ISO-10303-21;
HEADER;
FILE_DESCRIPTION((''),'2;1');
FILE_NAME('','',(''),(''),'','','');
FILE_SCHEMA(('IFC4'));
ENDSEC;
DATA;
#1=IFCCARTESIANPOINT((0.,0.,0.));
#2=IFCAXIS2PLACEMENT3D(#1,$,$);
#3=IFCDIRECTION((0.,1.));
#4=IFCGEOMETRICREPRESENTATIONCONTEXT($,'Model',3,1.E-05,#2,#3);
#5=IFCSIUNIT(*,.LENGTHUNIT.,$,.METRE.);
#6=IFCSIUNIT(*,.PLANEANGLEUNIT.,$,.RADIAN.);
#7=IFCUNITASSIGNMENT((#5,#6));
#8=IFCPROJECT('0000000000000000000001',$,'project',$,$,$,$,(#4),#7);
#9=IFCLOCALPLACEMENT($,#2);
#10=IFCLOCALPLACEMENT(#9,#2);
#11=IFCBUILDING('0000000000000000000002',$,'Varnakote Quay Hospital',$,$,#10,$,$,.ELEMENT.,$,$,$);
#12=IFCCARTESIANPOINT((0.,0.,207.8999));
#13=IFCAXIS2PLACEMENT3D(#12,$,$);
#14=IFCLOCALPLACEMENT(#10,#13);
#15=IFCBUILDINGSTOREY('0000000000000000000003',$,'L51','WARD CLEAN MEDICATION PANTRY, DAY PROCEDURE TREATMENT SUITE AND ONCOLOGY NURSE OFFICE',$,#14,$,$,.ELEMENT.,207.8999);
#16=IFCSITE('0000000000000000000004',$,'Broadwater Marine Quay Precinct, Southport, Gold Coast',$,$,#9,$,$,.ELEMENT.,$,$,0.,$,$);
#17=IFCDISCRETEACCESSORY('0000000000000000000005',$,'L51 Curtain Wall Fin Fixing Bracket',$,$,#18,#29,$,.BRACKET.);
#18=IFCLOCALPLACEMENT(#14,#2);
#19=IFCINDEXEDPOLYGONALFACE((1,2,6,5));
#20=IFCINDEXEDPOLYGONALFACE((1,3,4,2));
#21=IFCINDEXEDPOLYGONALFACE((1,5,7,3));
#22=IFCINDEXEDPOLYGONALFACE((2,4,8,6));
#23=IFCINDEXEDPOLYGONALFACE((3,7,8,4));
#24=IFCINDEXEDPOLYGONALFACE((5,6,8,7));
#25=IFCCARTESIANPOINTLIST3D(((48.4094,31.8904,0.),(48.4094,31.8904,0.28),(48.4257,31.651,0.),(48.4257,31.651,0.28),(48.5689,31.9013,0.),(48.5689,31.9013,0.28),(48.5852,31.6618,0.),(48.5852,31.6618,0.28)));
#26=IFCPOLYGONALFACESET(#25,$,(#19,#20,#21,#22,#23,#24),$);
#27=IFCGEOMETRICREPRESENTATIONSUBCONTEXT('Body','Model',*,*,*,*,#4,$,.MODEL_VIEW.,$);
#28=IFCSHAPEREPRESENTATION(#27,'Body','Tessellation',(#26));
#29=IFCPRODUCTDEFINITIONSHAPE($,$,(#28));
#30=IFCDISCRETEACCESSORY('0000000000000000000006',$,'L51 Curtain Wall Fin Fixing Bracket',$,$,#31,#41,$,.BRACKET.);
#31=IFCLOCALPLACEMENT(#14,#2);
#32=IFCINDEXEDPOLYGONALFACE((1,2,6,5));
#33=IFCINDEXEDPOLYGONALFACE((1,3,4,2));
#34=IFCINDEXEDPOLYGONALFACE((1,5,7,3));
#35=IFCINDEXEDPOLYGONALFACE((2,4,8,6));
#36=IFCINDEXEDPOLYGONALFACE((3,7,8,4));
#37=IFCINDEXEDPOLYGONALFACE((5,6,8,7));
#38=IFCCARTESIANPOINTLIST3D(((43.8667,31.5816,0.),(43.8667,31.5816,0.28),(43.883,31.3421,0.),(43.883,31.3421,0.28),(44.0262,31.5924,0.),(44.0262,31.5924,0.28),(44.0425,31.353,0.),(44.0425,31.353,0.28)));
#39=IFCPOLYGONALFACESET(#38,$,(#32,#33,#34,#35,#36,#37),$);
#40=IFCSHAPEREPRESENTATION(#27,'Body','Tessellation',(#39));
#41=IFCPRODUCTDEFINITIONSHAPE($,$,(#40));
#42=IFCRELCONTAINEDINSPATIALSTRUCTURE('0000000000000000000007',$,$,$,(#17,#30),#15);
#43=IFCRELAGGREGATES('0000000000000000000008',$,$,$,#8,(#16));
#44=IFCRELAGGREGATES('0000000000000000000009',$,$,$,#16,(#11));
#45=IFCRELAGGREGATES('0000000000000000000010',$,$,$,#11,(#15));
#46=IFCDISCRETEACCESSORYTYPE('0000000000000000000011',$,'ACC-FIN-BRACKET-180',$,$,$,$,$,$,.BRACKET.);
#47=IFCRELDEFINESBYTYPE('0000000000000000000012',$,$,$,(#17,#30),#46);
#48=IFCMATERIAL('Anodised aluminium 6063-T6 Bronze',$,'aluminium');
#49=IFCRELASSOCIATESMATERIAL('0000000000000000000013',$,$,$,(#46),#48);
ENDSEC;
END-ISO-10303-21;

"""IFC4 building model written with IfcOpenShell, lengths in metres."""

from ifc_helpers import new_model, si_unit, direction, frame, origin, origin_2d, place, context, subcontext, project, spatial, rectangle, extrude, material, type_object, element, save


model = new_model("IFC4")

# Units and contexts
model_context = context("Model", 3, precision=1e-05, world=origin(), true_north=direction((0.0, 1.0)))
body_context = subcontext(model_context, "Body", "Model", "MODEL_VIEW")
ifc_project = project(units=[si_unit("LENGTHUNIT", "METRE"), si_unit("PLANEANGLEUNIT", "RADIAN")], contexts=[model_context])

# Site, building, storey
site_placement = place(None, origin())
site = spatial("IfcSite", under=ifc_project, at=site_placement, Name="Broadwater Marine Quay Precinct, Southport, Gold Coast", CompositionType="ELEMENT", RefElevation=0.0)
building_placement = place(site_placement, origin())
building = spatial("IfcBuilding", under=site, at=building_placement, Name="Varnakote Quay Hospital", CompositionType="ELEMENT")
storey_placement = place(building_placement, frame((0.0, 0.0, 207.8999)))
storey = spatial("IfcBuildingStorey", under=building, at=storey_placement, Name="L51", Description="WARD CLEAN MEDICATION PANTRY, DAY PROCEDURE TREATMENT SUITE AND ONCOLOGY NURSE OFFICE", CompositionType="ELEMENT", Elevation=207.8999)

# Discrete accessories
ifc_material_1 = material(Name="Anodised aluminium 6063-T6 Bronze", Category="aluminium")
discrete_accessory_type = type_object("IfcDiscreteAccessoryType", Name="ACC-FIN-BRACKET-180", PredefinedType="BRACKET", material=ifc_material_1)
for number, where, z_axis, x_axis, name in (
    (1, (48.4973, 31.7761, 0.0), (0.0, 0.0, 1.0), (-0.997696, -0.067841, 0.0), "L51 Curtain Wall Fin Fixing Bracket"),
    (2, (43.9546, 31.4673, 0.0), (0.0, 0.0, 1.0), (-0.997696, -0.067841, 0.0), "L51 Curtain Wall Fin Fixing Bracket"),
):
    element("IfcDiscreteAccessory", number, at=place(storey_placement, frame(where, z_axis=z_axis, x_axis=x_axis)), inside=storey, type_object=discrete_accessory_type, Name=name, PredefinedType="BRACKET", context=body_context, shape_type="SweptSolid", body=[
        extrude(rectangle(XDim=0.1599, YDim=0.24, at=origin_2d()), origin(), (0.0, 0.0, 1.0), 0.28),
    ])

save(model, "model.ifc")
